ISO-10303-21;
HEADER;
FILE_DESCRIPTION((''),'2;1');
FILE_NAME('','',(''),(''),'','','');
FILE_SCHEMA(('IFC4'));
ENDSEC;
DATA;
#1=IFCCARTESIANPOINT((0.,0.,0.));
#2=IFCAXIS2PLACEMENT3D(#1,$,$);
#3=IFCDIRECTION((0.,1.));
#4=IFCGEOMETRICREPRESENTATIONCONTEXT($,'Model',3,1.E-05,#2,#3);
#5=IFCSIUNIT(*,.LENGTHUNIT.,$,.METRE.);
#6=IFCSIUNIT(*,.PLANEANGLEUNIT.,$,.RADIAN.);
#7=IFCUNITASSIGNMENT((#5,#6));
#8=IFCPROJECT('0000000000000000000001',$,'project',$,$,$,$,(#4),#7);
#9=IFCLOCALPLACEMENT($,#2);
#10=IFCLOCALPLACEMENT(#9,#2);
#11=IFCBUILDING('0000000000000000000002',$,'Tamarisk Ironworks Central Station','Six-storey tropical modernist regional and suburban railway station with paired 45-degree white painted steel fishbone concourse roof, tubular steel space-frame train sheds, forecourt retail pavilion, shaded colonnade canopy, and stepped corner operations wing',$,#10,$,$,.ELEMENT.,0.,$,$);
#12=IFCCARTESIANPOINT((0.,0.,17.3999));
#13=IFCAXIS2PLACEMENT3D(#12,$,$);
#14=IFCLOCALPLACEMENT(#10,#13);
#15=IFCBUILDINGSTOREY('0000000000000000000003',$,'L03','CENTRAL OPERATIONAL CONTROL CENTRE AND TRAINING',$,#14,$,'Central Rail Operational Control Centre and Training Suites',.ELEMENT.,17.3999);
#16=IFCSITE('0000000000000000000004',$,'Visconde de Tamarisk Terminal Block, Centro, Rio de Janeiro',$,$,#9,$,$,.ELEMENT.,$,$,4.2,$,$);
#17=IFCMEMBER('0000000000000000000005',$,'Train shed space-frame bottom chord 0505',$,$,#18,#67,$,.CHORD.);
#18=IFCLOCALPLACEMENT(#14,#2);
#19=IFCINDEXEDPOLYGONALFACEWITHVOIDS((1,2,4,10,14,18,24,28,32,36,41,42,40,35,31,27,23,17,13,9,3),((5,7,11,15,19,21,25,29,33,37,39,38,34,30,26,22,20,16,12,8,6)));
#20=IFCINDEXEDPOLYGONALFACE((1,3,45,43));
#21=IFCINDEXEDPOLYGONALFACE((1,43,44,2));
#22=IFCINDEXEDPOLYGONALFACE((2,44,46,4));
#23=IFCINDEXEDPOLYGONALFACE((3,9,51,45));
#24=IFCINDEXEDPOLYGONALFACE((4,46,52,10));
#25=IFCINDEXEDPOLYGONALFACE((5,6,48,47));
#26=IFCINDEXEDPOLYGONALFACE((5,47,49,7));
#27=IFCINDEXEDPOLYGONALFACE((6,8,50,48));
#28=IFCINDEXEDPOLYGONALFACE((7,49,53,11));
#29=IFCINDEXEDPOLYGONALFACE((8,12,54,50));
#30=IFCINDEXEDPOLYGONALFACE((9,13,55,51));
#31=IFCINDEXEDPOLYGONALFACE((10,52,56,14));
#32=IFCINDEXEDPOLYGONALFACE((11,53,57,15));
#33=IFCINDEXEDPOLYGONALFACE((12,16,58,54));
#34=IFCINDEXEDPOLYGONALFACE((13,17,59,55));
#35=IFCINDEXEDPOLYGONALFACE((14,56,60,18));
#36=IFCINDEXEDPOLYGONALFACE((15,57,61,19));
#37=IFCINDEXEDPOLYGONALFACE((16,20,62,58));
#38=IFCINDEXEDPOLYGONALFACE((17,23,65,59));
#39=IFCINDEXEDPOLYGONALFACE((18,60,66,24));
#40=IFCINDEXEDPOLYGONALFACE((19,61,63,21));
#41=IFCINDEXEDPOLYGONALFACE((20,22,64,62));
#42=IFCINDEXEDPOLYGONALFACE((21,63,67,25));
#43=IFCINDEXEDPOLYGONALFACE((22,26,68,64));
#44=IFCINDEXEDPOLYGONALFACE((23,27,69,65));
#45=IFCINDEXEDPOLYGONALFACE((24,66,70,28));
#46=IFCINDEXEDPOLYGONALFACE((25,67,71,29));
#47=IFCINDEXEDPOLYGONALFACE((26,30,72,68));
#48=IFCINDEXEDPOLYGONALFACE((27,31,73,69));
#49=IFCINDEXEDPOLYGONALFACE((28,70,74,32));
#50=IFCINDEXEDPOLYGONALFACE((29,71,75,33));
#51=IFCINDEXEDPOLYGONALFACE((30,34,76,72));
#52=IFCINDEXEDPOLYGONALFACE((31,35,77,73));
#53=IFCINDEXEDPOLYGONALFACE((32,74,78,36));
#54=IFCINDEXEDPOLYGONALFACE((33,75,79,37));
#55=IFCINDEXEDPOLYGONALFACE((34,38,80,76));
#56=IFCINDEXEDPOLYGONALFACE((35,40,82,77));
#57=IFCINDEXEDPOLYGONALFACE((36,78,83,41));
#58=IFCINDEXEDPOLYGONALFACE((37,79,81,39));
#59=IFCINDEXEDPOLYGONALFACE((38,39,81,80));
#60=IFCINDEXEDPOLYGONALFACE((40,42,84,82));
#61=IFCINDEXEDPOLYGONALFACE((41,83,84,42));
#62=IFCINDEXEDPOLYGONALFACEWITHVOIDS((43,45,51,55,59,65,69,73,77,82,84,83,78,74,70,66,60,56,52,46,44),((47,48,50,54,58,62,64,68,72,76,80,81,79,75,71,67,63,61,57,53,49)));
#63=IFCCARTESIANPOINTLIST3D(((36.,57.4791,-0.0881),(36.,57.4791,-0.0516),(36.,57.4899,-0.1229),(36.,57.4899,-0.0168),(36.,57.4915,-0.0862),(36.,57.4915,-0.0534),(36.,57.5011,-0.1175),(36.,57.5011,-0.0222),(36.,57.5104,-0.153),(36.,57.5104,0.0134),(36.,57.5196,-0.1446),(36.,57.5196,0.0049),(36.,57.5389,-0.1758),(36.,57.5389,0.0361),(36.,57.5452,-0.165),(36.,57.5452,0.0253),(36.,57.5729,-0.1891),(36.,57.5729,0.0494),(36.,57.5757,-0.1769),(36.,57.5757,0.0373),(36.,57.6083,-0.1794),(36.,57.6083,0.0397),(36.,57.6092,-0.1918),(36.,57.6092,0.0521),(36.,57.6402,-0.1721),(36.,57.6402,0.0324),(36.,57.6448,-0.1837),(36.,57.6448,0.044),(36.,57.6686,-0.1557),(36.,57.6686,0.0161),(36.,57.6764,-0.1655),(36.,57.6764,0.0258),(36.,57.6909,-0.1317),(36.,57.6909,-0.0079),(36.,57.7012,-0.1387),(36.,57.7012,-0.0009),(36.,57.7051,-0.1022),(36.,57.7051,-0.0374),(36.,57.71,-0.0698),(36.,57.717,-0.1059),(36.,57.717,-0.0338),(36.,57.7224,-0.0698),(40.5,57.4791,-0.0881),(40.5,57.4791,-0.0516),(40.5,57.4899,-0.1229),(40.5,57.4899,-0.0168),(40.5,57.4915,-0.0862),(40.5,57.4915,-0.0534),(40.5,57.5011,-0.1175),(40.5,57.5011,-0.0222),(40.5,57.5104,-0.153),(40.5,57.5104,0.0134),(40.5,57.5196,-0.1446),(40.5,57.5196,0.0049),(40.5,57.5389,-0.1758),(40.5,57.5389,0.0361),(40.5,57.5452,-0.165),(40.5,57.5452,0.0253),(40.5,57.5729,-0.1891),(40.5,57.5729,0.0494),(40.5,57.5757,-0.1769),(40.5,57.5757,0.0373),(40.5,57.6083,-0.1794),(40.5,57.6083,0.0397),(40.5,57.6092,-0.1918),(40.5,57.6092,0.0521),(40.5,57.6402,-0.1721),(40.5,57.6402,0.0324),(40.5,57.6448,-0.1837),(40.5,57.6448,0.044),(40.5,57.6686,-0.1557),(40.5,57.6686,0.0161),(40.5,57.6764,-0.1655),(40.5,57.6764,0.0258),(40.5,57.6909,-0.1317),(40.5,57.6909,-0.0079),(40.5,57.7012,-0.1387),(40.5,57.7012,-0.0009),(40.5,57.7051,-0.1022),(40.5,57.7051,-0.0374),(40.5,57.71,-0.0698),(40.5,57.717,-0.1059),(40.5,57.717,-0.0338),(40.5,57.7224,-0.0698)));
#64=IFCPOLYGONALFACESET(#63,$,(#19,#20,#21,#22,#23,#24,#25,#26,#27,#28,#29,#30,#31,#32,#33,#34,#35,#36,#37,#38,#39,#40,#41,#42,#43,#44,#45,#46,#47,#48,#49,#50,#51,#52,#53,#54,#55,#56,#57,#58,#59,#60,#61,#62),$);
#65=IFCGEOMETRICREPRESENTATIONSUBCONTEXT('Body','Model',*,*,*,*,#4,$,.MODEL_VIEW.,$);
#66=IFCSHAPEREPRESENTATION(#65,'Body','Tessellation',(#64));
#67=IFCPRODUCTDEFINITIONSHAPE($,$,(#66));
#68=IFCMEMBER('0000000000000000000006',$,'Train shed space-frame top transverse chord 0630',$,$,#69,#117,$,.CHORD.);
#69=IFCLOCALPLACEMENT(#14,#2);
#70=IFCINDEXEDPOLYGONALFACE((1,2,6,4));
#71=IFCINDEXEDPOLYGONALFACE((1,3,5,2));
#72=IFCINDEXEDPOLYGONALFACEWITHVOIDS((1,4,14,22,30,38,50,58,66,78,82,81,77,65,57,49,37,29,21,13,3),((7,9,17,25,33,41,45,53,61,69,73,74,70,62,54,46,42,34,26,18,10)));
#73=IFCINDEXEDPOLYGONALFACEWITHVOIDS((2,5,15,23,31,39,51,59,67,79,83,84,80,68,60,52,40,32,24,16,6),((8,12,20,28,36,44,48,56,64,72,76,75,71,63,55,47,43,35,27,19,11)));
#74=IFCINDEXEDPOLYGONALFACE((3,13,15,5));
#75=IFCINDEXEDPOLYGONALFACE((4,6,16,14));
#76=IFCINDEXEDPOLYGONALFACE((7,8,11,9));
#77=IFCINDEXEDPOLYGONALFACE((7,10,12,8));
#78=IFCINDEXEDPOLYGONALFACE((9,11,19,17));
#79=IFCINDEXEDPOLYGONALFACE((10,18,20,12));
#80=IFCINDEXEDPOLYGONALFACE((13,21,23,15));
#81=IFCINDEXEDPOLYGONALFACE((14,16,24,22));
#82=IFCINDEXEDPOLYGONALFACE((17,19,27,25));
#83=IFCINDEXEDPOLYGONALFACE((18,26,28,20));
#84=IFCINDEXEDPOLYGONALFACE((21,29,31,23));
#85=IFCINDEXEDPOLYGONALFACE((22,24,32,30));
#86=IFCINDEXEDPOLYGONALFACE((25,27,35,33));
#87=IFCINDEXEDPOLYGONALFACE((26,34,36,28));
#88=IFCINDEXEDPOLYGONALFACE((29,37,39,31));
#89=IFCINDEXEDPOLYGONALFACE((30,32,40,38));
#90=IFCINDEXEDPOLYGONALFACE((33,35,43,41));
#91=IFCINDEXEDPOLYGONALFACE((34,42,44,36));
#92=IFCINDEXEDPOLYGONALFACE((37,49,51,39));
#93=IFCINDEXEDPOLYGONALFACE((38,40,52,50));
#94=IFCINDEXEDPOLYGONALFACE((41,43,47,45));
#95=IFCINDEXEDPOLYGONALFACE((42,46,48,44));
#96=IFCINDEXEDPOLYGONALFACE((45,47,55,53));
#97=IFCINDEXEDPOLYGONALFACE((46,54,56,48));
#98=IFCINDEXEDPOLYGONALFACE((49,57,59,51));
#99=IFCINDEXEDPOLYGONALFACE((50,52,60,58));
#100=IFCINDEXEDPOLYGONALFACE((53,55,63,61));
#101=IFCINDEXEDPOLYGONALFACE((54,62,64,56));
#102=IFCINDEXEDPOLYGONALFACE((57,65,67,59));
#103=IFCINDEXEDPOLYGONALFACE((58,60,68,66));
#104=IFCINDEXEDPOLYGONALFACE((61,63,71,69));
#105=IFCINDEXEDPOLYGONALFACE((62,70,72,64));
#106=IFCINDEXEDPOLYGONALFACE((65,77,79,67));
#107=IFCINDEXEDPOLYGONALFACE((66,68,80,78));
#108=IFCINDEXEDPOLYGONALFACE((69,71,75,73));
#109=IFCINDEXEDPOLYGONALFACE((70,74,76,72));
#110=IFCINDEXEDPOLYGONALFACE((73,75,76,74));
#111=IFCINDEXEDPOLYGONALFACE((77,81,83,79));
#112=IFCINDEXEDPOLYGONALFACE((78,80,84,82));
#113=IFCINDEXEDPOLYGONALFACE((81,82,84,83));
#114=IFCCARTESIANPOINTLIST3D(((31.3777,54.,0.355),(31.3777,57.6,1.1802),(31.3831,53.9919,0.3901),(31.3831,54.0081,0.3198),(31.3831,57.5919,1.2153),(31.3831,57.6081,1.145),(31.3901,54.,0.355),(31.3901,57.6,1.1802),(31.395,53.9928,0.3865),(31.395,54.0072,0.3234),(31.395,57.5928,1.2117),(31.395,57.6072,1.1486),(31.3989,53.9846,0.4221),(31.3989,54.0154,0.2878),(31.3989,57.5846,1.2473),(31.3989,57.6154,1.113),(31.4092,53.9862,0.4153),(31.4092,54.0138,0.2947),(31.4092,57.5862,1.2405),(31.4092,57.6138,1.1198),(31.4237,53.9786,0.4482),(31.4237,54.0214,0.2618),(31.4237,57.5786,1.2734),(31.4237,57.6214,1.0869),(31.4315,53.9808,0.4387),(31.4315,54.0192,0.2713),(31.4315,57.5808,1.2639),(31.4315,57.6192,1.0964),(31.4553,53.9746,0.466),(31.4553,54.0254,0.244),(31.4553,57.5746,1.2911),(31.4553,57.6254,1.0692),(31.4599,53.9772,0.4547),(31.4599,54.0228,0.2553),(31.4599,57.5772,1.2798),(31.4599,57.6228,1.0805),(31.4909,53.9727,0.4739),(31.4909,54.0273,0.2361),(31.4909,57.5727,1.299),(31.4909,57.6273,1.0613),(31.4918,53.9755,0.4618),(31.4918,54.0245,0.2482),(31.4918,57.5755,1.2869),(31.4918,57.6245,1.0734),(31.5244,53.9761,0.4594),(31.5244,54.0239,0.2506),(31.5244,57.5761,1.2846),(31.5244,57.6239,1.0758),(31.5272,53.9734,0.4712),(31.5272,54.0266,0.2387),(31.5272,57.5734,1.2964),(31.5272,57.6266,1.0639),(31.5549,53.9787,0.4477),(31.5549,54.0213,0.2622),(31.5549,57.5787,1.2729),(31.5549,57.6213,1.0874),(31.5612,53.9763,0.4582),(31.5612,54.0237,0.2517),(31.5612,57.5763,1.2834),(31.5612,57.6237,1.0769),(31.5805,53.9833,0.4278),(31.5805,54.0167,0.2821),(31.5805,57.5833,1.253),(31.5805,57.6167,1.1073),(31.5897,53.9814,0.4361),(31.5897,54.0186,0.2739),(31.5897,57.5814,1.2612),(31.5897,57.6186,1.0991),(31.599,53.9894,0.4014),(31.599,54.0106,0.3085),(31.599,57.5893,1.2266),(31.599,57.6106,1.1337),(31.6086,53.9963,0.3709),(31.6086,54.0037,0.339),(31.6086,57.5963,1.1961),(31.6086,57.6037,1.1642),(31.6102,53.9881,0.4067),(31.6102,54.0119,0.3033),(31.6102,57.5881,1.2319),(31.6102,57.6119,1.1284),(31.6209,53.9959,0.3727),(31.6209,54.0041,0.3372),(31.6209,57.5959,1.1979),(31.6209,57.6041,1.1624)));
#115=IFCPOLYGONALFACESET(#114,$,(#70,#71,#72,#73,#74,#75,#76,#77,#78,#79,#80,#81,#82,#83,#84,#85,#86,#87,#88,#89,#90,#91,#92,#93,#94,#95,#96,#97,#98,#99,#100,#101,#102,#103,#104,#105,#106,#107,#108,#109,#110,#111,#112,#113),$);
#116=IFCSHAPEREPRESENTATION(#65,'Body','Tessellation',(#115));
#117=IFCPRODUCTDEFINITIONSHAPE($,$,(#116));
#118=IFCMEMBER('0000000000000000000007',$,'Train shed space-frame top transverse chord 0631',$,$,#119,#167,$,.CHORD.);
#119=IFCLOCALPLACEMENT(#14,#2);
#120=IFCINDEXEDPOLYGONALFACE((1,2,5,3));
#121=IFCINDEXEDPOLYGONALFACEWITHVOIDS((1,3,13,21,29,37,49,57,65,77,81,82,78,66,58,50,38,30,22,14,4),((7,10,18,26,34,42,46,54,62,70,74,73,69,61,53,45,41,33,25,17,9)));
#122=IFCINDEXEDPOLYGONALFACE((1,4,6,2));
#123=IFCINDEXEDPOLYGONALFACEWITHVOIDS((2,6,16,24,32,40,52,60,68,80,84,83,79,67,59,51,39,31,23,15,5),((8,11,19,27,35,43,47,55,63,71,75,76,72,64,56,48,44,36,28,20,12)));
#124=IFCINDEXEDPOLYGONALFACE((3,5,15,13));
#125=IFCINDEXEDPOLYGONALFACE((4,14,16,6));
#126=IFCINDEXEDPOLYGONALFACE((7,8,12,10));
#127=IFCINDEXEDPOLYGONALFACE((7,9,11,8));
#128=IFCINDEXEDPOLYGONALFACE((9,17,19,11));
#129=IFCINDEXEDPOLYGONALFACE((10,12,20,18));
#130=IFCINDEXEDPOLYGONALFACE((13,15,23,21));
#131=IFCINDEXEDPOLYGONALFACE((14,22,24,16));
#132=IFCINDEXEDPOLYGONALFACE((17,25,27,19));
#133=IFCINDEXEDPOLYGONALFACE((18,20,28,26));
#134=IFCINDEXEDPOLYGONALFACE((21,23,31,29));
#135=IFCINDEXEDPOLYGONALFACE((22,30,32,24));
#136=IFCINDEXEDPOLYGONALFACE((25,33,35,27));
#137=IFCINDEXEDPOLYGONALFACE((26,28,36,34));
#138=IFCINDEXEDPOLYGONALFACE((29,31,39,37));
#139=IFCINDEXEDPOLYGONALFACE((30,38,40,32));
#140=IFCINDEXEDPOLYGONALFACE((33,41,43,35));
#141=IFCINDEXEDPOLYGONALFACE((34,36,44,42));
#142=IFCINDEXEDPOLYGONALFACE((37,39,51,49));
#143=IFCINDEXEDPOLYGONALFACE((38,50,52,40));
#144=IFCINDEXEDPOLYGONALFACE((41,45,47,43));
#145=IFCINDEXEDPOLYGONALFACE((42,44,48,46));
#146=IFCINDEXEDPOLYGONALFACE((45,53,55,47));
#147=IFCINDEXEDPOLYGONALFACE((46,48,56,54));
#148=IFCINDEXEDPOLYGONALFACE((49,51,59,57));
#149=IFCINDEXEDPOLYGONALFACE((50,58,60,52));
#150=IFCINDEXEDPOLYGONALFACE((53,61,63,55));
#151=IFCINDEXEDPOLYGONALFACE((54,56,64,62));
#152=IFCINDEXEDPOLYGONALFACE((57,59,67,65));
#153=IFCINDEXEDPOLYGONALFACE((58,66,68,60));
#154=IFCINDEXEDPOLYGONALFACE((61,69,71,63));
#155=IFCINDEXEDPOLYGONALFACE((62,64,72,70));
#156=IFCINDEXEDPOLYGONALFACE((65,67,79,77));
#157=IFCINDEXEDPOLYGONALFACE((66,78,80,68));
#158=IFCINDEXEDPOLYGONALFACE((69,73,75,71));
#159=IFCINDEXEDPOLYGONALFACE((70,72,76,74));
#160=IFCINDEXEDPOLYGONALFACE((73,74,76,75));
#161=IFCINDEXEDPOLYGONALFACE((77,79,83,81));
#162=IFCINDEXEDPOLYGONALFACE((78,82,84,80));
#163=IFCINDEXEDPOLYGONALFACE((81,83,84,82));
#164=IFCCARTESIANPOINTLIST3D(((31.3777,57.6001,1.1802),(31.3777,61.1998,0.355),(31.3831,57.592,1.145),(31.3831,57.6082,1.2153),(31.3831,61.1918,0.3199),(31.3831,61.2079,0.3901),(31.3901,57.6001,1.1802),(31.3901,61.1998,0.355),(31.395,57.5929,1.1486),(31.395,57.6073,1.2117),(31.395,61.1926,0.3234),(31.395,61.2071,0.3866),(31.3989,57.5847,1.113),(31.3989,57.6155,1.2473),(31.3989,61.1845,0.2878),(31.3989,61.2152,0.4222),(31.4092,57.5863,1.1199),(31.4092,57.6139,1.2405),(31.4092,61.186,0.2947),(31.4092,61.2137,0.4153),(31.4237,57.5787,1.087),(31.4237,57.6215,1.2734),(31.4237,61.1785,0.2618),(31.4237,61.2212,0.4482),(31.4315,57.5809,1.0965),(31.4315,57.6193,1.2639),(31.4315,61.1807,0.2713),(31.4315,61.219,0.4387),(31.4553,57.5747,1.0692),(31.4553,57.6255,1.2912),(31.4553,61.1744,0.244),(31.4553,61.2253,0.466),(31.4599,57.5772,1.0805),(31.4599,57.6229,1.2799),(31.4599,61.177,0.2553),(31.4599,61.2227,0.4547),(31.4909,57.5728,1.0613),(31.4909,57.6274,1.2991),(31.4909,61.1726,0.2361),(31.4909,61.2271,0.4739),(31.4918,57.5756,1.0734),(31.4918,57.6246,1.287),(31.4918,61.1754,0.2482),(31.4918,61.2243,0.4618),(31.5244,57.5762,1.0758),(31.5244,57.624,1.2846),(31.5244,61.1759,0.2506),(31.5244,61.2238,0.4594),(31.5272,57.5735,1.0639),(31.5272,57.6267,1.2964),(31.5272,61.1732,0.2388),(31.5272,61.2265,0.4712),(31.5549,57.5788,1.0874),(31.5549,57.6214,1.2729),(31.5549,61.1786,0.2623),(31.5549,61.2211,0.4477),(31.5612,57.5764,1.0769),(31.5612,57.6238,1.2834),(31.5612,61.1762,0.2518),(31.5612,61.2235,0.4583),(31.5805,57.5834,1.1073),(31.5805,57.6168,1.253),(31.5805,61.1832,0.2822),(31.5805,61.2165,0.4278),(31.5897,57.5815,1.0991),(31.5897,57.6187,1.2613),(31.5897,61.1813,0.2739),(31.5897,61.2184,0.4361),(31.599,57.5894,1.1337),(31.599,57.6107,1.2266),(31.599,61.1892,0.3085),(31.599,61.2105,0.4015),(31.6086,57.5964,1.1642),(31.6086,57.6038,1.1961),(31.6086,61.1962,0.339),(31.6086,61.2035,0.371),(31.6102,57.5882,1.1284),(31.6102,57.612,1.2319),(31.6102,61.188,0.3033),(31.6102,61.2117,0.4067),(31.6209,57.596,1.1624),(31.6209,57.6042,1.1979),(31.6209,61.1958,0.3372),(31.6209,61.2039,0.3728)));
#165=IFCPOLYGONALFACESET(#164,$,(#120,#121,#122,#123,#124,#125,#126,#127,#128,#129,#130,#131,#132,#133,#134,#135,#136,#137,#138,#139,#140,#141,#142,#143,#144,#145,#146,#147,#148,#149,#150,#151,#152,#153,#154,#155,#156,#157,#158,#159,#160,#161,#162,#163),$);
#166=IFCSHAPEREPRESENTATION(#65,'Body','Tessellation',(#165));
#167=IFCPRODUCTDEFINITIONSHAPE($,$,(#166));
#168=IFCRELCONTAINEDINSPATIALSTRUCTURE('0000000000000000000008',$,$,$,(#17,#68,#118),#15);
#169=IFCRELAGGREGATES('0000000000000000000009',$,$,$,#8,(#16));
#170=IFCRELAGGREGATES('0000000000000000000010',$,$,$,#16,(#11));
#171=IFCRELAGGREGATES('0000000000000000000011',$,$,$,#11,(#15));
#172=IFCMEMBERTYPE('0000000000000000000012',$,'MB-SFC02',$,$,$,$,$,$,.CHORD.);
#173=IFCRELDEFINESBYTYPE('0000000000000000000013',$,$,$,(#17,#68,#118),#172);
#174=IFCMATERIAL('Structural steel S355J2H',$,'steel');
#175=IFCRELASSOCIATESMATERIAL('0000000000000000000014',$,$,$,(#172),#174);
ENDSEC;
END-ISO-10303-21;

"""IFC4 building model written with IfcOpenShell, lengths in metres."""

from ifc_helpers import new_model, si_unit, direction, frame, origin, origin_2d, place, context, subcontext, project, spatial, hollow_circle, extrude, material, material_profile, profile_set, type_object, element, save


model = new_model("IFC4")

# Units and contexts
model_context = context("Model", 3, precision=1e-05, world=origin(), true_north=direction((0.0, 1.0)))
body_context = subcontext(model_context, "Body", "Model", "MODEL_VIEW")
ifc_project = project(units=[si_unit("LENGTHUNIT", "METRE"), si_unit("PLANEANGLEUNIT", "RADIAN")], contexts=[model_context])

# Site, building, storey
site_placement = place(None, origin())
site = spatial("IfcSite", under=ifc_project, at=site_placement, Name="Visconde de Tamarisk Terminal Block, Centro, Rio de Janeiro", CompositionType="ELEMENT", RefElevation=4.2)
building_placement = place(site_placement, origin())
building = spatial("IfcBuilding", under=site, at=building_placement, Name="Tamarisk Ironworks Central Station", Description="Six-storey tropical modernist regional and suburban railway station with paired 45-degree white painted steel fishbone concourse roof, tubular steel space-frame train sheds, forecourt retail pavilion, shaded colonnade canopy, and stepped corner operations wing", CompositionType="ELEMENT", ElevationOfRefHeight=0.0)
storey_placement = place(building_placement, frame((0.0, 0.0, 17.3999)))
storey = spatial("IfcBuildingStorey", under=building, at=storey_placement, Name="L03", Description="CENTRAL OPERATIONAL CONTROL CENTRE AND TRAINING", LongName="Central Rail Operational Control Centre and Training Suites", CompositionType="ELEMENT", Elevation=17.3999)

# Members
ifc_material_1 = material(Name="Structural steel S355J2H", Category="steel")
ifc_material_profile_1 = material_profile(ifc_material_1, hollow_circle(Radius=0.1223, WallThickness=0.0125, at=origin_2d()), Name="CHS 244.5x12.5")
ifc_profile_set_1 = profile_set([ifc_material_profile_1], Name="Structural steel S355J2H")
member_type_1 = type_object("IfcMemberType", Name="MB-SFC02", PredefinedType="CHORD", material=ifc_profile_set_1)
for number, where, z_axis, x_axis, name in (
    (1, (36.0, 57.6001, -0.0698), (1.0, 0.0, 0.0), (0.0, 1.0, 0.0), "Train shed space-frame bottom chord 0505"),
):
    element("IfcMember", number, at=place(storey_placement, frame(where, z_axis=z_axis, x_axis=x_axis)), inside=storey, type_object=member_type_1, Name=name, PredefinedType="CHORD", context=body_context, shape_type="SweptSolid", body=[
        extrude(hollow_circle(Radius=0.1223, WallThickness=0.0125, at=origin_2d()), origin(), (0.0, 0.0, 1.0), 4.5),
    ])
member_1_placement = place(storey_placement, frame((31.5, 54.0, 0.355), z_axis=(0.0, 0.974722, 0.223421), x_axis=(-1.0, 0.0, 0.0)))
element("IfcMember", 2, at=member_1_placement, inside=storey, type_object=member_type_1, Name="Train shed space-frame top transverse chord 0630", PredefinedType="CHORD", context=body_context, shape_type="SweptSolid", body=[
    extrude(hollow_circle(Radius=0.1223, WallThickness=0.0125, at=origin_2d()), origin(), (0.0, 0.0, 1.0), 3.6934),
])
member_2_placement = place(storey_placement, frame((31.5, 57.6001, 1.1802), z_axis=(0.0, 0.974719, -0.223435), x_axis=(-1.0, 0.0, 0.0)))
element("IfcMember", 3, at=member_2_placement, inside=storey, type_object=member_type_1, Name="Train shed space-frame top transverse chord 0631", PredefinedType="CHORD", context=body_context, shape_type="SweptSolid", body=[
    extrude(hollow_circle(Radius=0.1223, WallThickness=0.0125, at=origin_2d()), origin(), (0.0, 0.0, 1.0), 3.6931),
])

save(model, "model.ifc")
